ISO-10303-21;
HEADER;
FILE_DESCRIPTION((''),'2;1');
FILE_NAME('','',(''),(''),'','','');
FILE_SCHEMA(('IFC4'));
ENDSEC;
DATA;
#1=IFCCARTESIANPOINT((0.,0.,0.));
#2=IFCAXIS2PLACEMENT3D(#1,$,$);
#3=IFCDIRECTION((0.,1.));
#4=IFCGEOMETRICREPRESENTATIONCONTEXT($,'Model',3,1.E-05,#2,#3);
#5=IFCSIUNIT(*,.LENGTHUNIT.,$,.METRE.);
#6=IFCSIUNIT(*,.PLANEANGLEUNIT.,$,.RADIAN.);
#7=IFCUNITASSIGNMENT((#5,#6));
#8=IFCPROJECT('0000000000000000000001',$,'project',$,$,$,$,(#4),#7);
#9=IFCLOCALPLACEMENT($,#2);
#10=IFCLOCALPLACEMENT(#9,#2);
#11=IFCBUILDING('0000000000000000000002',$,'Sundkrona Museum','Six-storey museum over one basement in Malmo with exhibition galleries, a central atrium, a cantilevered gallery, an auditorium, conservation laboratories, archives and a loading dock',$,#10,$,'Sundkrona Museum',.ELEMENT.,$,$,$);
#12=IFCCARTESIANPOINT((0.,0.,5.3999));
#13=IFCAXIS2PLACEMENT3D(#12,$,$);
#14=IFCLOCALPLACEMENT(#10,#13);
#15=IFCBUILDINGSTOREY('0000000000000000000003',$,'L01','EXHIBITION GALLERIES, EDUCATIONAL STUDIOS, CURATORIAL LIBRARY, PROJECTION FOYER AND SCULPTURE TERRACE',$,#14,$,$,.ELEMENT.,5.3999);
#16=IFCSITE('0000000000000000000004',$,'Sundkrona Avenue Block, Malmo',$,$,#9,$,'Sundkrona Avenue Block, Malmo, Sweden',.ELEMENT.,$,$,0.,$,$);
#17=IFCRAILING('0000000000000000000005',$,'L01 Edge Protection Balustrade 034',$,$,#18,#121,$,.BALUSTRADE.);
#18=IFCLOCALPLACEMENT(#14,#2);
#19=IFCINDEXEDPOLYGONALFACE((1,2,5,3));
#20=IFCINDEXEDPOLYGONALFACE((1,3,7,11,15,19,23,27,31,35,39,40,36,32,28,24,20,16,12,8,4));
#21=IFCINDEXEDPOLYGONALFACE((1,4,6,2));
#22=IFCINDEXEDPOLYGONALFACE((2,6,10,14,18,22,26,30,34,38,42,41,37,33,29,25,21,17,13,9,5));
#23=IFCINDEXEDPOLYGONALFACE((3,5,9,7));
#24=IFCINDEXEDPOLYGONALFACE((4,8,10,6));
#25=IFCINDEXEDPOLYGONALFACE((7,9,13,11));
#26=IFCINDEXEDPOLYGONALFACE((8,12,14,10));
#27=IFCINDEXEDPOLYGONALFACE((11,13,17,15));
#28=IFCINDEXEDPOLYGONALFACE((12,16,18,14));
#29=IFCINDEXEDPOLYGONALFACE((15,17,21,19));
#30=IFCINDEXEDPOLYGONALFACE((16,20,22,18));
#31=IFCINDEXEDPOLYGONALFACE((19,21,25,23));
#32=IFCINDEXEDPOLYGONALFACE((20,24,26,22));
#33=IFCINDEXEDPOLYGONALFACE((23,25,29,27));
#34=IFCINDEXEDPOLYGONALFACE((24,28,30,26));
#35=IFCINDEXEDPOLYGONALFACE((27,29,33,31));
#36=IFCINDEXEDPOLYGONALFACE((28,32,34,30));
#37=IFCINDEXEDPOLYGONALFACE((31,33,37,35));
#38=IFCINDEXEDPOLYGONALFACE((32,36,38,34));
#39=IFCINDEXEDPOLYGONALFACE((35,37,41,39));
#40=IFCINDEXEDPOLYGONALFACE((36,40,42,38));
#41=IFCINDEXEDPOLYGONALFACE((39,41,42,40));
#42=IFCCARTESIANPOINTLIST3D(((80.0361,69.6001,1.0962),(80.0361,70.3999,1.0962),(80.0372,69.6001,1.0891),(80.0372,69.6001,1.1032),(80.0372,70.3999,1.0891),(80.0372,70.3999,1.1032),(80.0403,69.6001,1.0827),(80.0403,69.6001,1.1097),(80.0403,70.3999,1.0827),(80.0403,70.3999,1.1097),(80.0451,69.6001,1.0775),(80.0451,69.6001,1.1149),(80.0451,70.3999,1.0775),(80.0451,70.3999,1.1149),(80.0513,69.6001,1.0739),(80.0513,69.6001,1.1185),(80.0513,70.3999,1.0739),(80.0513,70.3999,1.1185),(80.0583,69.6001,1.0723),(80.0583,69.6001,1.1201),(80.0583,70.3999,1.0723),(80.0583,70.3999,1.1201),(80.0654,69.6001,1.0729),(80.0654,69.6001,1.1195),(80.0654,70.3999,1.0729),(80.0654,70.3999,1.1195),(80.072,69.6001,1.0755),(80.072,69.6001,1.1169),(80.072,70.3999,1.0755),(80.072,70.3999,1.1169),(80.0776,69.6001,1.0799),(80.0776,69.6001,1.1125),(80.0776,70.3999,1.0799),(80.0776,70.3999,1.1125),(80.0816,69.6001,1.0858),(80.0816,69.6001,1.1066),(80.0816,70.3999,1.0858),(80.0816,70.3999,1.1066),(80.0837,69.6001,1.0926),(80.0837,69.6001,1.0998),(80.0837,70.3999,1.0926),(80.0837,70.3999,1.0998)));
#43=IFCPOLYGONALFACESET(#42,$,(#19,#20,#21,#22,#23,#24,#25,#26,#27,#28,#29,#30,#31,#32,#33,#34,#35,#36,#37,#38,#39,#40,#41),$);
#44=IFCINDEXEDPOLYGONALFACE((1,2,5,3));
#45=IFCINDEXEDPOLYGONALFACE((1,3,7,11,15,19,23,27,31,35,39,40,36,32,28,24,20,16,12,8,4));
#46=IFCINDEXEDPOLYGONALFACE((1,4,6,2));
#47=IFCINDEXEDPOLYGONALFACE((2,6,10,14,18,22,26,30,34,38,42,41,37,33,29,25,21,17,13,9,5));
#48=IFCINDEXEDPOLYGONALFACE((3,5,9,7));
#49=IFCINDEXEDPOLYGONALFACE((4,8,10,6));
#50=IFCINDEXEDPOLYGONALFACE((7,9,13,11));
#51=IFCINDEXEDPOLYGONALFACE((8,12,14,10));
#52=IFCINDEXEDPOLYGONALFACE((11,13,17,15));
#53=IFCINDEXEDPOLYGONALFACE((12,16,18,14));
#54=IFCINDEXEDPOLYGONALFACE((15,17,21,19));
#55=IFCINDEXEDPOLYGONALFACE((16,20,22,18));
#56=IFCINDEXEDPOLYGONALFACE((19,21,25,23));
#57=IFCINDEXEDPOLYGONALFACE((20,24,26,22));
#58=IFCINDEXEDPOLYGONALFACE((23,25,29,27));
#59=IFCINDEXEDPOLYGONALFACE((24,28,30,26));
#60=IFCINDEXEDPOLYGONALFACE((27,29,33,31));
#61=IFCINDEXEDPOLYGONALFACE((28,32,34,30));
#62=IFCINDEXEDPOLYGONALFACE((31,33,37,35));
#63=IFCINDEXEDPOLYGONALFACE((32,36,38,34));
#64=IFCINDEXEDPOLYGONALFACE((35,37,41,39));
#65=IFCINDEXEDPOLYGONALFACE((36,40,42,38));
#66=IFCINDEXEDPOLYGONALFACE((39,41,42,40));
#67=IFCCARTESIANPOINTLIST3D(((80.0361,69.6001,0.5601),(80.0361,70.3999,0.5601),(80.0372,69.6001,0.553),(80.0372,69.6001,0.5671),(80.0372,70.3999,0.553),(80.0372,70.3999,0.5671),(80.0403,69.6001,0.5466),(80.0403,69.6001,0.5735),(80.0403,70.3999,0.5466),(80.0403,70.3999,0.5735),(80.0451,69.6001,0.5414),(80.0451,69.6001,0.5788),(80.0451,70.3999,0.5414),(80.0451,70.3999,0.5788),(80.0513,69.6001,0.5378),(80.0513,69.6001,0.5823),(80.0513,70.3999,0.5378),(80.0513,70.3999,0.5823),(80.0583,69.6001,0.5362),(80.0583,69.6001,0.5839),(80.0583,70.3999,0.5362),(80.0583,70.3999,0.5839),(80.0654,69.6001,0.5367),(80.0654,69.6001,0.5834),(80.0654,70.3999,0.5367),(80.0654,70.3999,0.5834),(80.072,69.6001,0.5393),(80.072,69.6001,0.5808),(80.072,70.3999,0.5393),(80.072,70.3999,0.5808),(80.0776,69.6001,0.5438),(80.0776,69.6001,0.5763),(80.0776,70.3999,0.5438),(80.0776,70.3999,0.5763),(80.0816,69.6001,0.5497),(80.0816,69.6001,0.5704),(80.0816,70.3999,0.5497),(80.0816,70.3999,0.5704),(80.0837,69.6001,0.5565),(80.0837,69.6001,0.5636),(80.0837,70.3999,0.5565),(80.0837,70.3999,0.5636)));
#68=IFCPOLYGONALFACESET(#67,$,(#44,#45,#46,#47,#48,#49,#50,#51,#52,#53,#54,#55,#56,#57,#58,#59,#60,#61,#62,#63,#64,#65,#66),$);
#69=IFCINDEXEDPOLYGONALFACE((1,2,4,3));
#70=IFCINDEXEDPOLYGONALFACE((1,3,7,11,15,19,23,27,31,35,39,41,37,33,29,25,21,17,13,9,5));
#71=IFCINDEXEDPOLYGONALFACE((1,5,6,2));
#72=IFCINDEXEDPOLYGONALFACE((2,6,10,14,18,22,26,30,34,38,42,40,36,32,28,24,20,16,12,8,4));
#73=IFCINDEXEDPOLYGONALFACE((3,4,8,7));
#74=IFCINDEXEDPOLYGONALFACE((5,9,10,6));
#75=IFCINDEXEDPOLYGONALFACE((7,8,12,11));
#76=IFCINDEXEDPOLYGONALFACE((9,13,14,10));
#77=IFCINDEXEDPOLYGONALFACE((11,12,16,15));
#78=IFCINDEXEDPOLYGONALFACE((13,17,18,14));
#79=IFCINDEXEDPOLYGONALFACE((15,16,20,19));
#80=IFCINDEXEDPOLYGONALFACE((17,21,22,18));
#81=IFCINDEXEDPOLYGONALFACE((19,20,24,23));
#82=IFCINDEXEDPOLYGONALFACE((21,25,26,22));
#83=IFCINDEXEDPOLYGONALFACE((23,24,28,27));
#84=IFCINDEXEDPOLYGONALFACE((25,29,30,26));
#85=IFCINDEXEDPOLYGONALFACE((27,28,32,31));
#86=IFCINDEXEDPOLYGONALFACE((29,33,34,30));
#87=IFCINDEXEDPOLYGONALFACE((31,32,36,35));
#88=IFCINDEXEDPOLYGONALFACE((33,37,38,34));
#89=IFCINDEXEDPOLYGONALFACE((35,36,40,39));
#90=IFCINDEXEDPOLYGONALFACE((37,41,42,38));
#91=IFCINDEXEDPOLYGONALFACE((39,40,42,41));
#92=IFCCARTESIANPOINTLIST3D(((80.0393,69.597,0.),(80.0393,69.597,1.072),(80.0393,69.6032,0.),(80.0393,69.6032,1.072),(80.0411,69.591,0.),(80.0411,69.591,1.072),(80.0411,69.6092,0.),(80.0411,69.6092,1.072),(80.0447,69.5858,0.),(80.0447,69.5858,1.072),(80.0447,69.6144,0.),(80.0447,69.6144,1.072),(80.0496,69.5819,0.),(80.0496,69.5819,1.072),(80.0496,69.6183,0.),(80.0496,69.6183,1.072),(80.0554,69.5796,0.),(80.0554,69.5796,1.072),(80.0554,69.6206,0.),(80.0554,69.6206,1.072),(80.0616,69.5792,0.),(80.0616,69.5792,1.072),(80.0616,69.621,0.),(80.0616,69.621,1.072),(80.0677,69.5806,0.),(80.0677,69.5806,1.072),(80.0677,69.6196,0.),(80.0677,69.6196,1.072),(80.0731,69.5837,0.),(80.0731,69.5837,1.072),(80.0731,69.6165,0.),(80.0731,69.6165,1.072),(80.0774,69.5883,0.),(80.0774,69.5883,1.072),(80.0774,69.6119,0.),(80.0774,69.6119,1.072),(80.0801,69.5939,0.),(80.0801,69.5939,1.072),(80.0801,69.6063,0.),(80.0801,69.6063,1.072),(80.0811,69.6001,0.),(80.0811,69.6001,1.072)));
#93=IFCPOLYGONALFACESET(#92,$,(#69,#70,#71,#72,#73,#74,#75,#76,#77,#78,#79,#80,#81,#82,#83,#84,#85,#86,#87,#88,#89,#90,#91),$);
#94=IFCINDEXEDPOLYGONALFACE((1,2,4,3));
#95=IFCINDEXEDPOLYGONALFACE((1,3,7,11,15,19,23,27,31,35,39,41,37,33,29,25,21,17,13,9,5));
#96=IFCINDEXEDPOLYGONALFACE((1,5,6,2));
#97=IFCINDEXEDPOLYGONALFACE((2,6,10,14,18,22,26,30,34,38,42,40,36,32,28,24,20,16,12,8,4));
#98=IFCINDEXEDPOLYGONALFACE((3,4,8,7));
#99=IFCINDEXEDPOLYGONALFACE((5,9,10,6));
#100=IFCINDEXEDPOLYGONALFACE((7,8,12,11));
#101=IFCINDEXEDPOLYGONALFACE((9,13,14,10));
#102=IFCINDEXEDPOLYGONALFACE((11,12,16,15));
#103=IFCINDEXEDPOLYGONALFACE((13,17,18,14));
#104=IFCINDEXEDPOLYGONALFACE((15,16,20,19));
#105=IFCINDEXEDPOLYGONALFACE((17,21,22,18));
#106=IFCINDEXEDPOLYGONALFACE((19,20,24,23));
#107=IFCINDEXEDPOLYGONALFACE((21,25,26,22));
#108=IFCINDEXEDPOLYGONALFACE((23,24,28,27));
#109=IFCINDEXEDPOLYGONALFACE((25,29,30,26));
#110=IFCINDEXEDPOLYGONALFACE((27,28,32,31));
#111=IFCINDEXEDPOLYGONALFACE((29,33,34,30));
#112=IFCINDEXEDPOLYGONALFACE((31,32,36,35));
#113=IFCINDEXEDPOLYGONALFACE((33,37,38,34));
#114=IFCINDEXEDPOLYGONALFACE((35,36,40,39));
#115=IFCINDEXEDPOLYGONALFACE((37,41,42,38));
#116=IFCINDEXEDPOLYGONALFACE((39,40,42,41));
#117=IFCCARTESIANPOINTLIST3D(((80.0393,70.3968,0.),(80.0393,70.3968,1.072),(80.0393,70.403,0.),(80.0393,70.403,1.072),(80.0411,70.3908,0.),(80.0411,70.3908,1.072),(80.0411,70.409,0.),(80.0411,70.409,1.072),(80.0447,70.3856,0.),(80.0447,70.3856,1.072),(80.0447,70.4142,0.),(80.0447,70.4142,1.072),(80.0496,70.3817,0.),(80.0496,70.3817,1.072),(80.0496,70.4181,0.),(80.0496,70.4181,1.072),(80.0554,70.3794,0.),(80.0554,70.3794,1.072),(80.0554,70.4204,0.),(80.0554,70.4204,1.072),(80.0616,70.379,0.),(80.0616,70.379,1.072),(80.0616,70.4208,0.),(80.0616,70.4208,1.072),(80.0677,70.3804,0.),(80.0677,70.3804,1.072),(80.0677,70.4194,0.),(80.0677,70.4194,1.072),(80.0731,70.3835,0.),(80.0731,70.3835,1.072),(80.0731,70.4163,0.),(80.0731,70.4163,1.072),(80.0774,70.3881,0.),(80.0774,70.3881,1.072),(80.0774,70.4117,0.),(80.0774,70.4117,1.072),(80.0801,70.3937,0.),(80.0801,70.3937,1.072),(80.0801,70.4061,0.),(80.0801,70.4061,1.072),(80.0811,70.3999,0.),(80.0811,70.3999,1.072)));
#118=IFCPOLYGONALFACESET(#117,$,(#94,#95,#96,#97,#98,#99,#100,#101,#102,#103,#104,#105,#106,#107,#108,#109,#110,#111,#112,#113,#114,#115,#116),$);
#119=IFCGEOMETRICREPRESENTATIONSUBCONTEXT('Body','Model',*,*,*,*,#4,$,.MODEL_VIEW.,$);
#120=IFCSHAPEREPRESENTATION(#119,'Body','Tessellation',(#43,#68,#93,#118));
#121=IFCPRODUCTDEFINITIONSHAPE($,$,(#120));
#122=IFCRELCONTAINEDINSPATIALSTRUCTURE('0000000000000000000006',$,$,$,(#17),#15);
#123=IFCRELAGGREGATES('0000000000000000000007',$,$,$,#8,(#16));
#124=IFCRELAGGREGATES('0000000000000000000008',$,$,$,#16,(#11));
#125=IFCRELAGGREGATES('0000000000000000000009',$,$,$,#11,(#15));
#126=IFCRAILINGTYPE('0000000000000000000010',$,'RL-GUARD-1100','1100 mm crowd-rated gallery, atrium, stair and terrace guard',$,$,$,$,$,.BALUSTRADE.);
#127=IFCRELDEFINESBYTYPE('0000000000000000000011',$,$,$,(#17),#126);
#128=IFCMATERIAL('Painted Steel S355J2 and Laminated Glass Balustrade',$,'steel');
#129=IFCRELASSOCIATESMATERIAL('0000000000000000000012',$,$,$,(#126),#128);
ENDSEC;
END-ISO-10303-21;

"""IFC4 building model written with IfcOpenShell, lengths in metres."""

from ifc_helpers import new_model, si_unit, direction, frame, origin, origin_2d, place, context, subcontext, project, spatial, circle, extrude, material, type_object, element, save


model = new_model("IFC4")

# Units and contexts
model_context = context("Model", 3, precision=1e-05, world=origin(), true_north=direction((0.0, 1.0)))
body_context = subcontext(model_context, "Body", "Model", "MODEL_VIEW")
ifc_project = project(units=[si_unit("LENGTHUNIT", "METRE"), si_unit("PLANEANGLEUNIT", "RADIAN")], contexts=[model_context])

# Site, building, storey
site_placement = place(None, origin())
site = spatial("IfcSite", under=ifc_project, at=site_placement, Name="Sundkrona Avenue Block, Malmo", LongName="Sundkrona Avenue Block, Malmo, Sweden", CompositionType="ELEMENT", RefElevation=0.0)
building_placement = place(site_placement, origin())
building = spatial("IfcBuilding", under=site, at=building_placement, Name="Sundkrona Museum", Description="Six-storey museum over one basement in Malmo with exhibition galleries, a central atrium, a cantilevered gallery, an auditorium, conservation laboratories, archives and a loading dock", LongName="Sundkrona Museum", CompositionType="ELEMENT")
storey_placement = place(building_placement, frame((0.0, 0.0, 5.3999)))
storey = spatial("IfcBuildingStorey", under=building, at=storey_placement, Name="L01", Description="EXHIBITION GALLERIES, EDUCATIONAL STUDIOS, CURATORIAL LIBRARY, PROJECTION FOYER AND SCULPTURE TERRACE", CompositionType="ELEMENT", Elevation=5.3999)

# Railing
ifc_material_1 = material(Name="Painted Steel S355J2 and Laminated Glass Balustrade", Category="steel")
railing_type = type_object("IfcRailingType", Name="RL-GUARD-1100", Description="1100 mm crowd-rated gallery, atrium, stair and terrace guard", PredefinedType="BALUSTRADE", material=ifc_material_1)
railing_placement = place(storey_placement, frame((80.0601, 69.6001, 0.0)))
element("IfcRailing", 1, at=railing_placement, inside=storey, type_object=railing_type, Name="L01 Edge Protection Balustrade 034", PredefinedType="BALUSTRADE", context=body_context, shape_type="SweptSolid", body=[
    extrude(circle(Radius=0.0239, at=origin_2d()), frame((0.0, 0.0, 1.0962), z_axis=(0.0, 1.0, 0.0), x_axis=(-1.0, 0.0, 0.0)), (0.0, 0.0, 1.0), 0.7998),
    extrude(circle(Radius=0.0239, at=origin_2d()), frame((0.0, 0.0, 0.5601), z_axis=(0.0, 1.0, 0.0), x_axis=(-1.0, 0.0, 0.0)), (0.0, 0.0, 1.0), 0.7998),
    extrude(circle(Radius=0.021, at=origin_2d()), origin(), (0.0, 0.0, 1.0), 1.072),
    extrude(circle(Radius=0.021, at=origin_2d()), frame((0.0, 0.7998, 0.0)), (0.0, 0.0, 1.0), 1.072),
])

save(model, "model.ifc")
